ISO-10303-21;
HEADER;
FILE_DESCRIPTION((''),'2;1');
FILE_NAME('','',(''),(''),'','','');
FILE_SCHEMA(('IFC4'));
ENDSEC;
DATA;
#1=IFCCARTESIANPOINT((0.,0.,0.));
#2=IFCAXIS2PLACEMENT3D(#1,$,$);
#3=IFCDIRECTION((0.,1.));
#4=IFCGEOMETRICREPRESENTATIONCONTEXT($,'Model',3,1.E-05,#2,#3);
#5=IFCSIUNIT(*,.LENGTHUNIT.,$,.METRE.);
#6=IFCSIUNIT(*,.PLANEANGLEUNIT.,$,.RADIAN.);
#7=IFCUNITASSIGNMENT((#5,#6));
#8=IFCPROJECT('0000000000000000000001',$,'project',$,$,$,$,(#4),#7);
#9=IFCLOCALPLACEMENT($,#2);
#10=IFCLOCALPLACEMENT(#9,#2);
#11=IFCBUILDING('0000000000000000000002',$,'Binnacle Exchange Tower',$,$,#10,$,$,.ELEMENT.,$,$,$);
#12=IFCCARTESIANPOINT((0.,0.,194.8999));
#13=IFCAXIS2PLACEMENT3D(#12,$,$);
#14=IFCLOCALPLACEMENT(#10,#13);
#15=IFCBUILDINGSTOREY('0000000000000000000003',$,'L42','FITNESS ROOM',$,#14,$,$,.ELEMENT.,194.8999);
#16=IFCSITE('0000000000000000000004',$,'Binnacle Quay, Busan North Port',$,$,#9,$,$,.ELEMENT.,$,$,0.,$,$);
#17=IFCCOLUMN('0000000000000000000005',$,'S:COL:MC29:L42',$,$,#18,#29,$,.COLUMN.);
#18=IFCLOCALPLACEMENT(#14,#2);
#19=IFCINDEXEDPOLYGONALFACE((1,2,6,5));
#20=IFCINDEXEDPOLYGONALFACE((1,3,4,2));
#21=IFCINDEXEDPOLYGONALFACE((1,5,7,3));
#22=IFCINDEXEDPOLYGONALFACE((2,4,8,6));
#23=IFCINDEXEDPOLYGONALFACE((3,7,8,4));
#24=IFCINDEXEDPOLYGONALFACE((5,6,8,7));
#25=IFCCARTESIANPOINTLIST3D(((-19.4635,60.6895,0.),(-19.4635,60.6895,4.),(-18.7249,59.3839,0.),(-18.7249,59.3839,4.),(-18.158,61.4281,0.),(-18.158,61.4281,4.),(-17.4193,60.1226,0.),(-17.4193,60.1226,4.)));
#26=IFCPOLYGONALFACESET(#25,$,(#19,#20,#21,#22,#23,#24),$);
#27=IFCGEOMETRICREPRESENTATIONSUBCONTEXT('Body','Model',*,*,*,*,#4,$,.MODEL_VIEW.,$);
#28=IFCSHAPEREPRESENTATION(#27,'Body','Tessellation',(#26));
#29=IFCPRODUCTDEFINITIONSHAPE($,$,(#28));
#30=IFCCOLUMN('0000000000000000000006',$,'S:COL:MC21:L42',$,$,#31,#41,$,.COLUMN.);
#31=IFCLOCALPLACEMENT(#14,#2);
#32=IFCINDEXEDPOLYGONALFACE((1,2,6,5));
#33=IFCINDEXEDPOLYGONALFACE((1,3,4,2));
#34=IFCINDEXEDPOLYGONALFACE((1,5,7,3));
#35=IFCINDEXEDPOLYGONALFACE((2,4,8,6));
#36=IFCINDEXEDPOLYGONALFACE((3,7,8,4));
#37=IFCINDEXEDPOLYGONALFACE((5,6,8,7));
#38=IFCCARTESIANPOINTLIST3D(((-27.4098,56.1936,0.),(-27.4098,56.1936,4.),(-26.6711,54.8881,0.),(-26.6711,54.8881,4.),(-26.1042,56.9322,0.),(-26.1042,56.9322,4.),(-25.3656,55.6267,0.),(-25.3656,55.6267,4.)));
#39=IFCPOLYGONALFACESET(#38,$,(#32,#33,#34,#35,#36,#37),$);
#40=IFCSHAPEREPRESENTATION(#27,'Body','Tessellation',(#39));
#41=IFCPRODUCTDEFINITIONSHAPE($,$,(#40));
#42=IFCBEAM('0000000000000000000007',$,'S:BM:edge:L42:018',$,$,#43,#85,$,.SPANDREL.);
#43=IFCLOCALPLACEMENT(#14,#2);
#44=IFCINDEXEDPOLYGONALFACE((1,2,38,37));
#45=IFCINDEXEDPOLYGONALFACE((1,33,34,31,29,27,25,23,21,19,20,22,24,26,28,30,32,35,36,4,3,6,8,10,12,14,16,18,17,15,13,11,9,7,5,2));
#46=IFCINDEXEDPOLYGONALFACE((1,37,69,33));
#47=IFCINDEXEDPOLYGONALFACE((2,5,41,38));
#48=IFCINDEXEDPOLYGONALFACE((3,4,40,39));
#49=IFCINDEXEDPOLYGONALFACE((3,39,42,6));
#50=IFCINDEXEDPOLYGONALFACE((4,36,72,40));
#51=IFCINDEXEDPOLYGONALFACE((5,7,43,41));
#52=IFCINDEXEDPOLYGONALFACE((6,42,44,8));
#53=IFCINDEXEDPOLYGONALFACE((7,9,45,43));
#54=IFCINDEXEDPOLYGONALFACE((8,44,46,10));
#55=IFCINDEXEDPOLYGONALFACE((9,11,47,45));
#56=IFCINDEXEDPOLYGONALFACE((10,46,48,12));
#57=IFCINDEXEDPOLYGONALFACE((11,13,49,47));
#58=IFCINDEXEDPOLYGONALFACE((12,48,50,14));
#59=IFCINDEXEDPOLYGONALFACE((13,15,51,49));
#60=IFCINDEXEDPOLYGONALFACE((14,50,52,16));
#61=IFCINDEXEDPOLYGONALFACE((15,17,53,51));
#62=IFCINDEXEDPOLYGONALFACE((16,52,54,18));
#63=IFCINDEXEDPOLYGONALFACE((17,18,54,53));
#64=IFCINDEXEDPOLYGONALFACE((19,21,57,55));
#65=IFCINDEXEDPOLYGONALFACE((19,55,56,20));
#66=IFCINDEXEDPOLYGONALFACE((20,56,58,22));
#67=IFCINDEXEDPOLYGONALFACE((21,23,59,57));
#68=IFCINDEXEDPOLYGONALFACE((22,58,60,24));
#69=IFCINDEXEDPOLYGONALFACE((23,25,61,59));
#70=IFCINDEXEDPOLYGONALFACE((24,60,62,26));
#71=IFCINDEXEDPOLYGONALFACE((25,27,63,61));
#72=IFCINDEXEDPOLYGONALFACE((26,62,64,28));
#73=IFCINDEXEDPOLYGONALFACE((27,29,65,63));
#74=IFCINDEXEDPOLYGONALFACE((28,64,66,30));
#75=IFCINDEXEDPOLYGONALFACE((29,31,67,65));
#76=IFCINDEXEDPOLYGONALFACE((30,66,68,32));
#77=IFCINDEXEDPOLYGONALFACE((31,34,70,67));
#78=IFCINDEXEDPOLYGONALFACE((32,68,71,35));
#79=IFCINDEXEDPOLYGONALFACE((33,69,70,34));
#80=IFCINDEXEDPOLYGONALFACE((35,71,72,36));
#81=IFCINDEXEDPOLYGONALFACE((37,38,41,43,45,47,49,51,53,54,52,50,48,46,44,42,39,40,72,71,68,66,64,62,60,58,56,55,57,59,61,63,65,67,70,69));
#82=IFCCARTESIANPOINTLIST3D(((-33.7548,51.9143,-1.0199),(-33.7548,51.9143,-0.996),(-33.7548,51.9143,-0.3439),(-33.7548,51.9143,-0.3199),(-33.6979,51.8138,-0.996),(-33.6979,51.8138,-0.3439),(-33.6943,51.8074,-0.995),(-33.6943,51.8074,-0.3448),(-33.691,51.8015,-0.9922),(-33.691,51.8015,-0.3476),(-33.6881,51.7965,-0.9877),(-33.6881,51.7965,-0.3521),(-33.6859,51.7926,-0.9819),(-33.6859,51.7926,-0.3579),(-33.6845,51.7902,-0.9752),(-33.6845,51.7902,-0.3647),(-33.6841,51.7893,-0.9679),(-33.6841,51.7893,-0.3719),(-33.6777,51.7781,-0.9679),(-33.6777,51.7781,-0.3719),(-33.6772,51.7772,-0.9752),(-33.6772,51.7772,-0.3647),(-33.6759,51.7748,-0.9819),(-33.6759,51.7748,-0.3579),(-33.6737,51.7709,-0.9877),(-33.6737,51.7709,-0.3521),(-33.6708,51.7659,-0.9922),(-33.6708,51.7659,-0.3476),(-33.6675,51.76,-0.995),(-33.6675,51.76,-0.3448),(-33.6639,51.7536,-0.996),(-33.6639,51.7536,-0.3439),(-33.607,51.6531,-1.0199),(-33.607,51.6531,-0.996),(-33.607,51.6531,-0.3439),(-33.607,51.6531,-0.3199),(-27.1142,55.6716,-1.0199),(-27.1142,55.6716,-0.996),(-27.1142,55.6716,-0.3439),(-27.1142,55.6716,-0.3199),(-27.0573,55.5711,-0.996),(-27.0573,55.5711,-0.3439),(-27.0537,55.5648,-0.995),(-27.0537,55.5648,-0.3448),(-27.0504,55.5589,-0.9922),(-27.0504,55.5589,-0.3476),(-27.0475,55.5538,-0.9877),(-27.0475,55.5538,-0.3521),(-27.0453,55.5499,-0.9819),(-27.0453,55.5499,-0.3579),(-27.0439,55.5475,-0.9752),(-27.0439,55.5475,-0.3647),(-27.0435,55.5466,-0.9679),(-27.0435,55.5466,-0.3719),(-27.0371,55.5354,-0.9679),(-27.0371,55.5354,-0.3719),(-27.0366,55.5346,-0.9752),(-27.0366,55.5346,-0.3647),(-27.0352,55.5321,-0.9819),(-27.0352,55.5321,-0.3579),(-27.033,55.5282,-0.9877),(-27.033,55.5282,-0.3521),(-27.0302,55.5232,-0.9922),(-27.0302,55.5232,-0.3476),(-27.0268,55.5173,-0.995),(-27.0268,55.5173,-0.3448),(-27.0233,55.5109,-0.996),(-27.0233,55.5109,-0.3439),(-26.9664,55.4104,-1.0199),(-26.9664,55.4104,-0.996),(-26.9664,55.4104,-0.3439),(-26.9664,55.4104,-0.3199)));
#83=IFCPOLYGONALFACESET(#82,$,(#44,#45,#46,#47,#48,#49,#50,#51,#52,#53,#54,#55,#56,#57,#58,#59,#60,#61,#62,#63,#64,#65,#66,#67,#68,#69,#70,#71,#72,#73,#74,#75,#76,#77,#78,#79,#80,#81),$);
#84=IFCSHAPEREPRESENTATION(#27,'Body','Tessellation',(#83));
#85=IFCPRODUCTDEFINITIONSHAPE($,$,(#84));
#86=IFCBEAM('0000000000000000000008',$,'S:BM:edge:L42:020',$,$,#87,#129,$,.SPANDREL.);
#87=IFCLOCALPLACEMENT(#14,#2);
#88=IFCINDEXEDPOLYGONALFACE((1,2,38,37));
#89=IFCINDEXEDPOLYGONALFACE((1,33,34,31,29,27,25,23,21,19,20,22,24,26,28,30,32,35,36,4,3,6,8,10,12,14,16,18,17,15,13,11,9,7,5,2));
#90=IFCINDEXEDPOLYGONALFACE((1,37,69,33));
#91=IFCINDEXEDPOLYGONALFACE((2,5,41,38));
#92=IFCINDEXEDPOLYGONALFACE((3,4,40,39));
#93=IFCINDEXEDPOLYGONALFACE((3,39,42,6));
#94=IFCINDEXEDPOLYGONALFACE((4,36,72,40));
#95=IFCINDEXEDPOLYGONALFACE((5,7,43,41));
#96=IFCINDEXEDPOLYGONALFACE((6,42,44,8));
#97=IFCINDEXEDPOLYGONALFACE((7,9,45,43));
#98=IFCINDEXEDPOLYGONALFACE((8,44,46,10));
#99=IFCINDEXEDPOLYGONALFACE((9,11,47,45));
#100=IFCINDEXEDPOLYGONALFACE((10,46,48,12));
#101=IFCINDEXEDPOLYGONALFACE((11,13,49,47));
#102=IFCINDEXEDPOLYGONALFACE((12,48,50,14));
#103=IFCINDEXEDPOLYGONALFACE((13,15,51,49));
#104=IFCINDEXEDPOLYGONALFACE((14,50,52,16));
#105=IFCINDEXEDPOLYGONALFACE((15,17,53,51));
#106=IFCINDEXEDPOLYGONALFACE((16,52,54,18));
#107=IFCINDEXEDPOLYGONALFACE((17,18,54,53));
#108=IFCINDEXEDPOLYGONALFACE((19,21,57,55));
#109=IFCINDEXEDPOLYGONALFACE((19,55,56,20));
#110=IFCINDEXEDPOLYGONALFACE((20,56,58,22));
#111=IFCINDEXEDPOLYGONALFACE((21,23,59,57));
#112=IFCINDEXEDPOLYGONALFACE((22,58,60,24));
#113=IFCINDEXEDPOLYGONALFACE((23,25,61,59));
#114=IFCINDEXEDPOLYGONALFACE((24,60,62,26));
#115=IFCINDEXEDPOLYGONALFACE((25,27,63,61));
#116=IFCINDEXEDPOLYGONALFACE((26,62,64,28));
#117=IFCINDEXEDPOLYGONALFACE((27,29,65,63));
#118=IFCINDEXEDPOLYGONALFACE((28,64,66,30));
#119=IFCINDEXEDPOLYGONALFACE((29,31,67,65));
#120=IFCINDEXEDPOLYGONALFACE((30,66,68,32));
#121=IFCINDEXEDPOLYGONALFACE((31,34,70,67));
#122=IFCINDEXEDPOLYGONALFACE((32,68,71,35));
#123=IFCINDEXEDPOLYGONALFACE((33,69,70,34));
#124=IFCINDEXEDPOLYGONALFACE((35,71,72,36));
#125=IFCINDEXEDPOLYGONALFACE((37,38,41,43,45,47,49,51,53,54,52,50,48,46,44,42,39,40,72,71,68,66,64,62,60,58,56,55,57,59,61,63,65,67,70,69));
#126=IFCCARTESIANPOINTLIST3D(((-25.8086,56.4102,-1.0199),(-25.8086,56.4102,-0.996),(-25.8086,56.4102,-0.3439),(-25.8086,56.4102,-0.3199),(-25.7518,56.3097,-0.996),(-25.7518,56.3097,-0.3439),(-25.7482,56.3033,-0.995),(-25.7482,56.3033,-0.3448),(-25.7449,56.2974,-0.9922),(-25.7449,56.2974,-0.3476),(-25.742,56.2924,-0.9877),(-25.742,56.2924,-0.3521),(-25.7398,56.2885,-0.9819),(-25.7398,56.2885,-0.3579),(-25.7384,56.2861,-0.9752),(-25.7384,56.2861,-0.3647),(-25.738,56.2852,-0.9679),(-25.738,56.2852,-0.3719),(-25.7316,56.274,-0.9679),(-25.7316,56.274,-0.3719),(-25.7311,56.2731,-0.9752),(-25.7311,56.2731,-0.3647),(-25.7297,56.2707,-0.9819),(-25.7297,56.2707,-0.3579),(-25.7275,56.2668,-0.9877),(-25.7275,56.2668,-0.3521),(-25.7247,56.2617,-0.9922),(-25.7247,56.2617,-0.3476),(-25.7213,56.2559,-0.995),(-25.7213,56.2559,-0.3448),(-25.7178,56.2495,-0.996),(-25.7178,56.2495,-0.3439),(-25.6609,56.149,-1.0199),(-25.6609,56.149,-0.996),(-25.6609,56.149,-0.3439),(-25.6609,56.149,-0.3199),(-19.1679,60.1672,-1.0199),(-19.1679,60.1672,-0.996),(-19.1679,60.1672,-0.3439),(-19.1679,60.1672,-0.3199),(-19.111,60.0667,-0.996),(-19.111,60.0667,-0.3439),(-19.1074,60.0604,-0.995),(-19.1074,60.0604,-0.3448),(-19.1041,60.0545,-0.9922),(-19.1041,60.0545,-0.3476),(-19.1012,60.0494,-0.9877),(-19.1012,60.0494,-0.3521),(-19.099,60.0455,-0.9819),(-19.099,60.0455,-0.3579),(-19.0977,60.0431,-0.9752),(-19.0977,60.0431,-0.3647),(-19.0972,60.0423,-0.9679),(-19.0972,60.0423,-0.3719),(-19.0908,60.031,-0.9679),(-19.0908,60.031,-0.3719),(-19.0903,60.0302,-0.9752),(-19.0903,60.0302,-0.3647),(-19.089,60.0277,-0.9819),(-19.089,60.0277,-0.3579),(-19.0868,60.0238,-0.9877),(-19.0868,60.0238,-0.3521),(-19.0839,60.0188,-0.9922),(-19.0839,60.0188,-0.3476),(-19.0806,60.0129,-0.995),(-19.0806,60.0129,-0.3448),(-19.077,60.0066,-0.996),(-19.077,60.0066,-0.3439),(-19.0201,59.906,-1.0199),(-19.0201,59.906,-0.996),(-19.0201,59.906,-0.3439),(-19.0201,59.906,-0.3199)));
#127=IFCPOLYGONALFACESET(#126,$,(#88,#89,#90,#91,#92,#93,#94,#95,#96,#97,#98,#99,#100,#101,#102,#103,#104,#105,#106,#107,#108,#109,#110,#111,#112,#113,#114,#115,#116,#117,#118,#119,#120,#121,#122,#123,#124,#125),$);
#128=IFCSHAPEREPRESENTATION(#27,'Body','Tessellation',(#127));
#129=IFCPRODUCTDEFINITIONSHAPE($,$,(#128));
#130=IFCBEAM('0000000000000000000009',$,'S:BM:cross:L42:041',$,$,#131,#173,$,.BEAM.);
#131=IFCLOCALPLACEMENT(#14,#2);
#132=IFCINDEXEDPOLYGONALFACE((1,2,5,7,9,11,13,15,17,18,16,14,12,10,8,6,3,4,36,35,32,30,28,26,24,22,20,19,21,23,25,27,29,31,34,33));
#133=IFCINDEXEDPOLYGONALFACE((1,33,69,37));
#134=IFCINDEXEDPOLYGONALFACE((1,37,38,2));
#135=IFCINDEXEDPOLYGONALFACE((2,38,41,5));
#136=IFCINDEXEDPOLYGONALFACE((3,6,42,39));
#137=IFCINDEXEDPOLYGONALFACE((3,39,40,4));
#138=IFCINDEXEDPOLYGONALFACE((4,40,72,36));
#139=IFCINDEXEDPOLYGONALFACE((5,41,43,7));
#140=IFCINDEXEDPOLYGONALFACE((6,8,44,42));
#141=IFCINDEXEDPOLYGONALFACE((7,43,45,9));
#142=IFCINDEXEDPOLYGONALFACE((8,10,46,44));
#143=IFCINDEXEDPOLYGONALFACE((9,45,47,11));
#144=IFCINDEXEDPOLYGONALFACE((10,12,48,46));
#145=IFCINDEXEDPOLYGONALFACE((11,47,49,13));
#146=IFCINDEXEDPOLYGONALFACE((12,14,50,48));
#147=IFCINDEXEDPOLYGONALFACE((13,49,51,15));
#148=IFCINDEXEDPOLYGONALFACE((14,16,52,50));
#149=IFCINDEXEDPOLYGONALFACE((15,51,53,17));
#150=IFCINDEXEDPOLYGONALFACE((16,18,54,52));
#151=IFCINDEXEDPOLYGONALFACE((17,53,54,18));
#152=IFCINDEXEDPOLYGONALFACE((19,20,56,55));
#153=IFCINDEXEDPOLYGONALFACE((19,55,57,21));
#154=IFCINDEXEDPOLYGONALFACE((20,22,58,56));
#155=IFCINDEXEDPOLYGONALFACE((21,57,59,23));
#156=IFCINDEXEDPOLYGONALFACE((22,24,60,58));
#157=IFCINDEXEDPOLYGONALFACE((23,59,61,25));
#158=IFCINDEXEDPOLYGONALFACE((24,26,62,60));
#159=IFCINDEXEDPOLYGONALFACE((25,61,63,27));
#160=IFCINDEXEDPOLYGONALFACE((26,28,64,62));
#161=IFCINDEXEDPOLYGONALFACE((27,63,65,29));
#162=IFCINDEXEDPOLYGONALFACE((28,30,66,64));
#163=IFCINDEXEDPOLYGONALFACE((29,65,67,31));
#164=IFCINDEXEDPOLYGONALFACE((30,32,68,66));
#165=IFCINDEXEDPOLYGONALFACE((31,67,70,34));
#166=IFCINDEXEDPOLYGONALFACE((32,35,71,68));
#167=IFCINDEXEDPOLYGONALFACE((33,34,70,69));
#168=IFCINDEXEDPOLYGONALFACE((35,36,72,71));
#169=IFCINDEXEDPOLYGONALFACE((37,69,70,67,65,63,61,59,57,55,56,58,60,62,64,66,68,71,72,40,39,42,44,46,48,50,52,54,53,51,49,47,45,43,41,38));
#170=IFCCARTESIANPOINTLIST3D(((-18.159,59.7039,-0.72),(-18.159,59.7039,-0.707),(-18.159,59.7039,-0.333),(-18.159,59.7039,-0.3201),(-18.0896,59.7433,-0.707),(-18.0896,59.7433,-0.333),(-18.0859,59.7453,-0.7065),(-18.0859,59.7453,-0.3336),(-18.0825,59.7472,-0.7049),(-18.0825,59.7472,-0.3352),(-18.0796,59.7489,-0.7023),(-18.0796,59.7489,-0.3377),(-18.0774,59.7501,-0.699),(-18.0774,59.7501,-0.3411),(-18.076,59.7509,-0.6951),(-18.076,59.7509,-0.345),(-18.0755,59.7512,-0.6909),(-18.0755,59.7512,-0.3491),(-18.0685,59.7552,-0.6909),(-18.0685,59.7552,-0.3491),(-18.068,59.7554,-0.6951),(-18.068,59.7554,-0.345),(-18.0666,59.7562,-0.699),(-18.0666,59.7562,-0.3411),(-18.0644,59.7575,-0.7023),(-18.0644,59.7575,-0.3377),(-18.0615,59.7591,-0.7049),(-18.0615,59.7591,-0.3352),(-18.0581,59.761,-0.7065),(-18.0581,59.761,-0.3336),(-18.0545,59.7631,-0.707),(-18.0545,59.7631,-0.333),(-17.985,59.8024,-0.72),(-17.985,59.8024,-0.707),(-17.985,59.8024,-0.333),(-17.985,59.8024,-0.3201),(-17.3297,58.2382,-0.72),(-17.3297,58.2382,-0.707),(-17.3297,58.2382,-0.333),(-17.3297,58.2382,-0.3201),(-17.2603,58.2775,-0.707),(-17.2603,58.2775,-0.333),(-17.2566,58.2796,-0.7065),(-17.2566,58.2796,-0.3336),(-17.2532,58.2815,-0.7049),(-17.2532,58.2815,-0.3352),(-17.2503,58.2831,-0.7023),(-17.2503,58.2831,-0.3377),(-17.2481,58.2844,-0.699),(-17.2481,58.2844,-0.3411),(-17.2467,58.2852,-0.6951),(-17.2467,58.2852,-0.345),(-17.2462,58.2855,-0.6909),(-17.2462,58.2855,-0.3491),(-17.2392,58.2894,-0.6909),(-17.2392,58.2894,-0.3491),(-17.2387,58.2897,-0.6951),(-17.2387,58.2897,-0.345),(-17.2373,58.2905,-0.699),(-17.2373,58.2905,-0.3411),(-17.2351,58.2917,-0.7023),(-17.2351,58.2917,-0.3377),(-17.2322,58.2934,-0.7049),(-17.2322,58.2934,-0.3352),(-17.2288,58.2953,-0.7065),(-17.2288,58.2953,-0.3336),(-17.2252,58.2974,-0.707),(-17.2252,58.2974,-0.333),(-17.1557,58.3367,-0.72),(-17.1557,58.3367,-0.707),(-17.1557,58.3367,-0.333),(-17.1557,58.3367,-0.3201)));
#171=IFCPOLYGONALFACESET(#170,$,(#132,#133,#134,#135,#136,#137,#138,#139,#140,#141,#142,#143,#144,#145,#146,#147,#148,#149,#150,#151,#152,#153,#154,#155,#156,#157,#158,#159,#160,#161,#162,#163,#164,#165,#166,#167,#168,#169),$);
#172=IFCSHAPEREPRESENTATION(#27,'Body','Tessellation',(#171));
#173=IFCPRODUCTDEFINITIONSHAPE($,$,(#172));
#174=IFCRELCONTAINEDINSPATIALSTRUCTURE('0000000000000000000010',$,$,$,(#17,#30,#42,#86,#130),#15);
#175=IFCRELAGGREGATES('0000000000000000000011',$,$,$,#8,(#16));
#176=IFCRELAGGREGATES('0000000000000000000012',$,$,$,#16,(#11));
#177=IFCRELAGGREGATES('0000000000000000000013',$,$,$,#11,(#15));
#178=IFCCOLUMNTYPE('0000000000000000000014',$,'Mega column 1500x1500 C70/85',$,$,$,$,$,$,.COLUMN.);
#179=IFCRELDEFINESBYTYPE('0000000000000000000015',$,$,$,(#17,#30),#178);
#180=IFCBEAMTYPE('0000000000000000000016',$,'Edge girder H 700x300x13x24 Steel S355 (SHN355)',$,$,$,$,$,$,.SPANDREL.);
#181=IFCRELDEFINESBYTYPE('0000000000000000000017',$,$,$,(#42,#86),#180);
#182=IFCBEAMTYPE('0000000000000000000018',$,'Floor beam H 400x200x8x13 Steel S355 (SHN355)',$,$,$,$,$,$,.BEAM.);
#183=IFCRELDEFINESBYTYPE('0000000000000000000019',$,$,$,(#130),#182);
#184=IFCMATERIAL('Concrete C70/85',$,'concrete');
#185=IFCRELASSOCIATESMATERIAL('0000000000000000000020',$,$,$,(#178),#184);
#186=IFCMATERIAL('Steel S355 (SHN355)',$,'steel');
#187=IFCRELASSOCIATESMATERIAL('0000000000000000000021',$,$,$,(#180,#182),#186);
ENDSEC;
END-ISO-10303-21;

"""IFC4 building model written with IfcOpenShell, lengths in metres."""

from ifc_helpers import new_model, si_unit, direction, frame, origin, origin_2d, place, context, subcontext, project, spatial, rectangle, i_section, extrude, material, material_profile, profile_set, type_object, element, save


model = new_model("IFC4")

# Units and contexts
model_context = context("Model", 3, precision=1e-05, world=origin(), true_north=direction((0.0, 1.0)))
body_context = subcontext(model_context, "Body", "Model", "MODEL_VIEW")
ifc_project = project(units=[si_unit("LENGTHUNIT", "METRE"), si_unit("PLANEANGLEUNIT", "RADIAN")], contexts=[model_context])

# Site, building, storey
site_placement = place(None, origin())
site = spatial("IfcSite", under=ifc_project, at=site_placement, Name="Binnacle Quay, Busan North Port", CompositionType="ELEMENT", RefElevation=0.0)
building_placement = place(site_placement, origin())
building = spatial("IfcBuilding", under=site, at=building_placement, Name="Binnacle Exchange Tower", CompositionType="ELEMENT")
storey_placement = place(building_placement, frame((0.0, 0.0, 194.8999)))
storey = spatial("IfcBuildingStorey", under=building, at=storey_placement, Name="L42", Description="FITNESS ROOM", CompositionType="ELEMENT", Elevation=194.8999)

# Columns
ifc_material_1 = material(Name="Concrete C70/85", Category="concrete")
ifc_material_profile_1 = material_profile(ifc_material_1, rectangle(XDim=1.5, YDim=1.5, at=origin_2d()), Name="Mega column 1500x1500 C70/85")
ifc_profile_set_1 = profile_set([ifc_material_profile_1], Name="Concrete C70/85")
column_type = type_object("IfcColumnType", Name="Mega column 1500x1500 C70/85", PredefinedType="COLUMN", material=ifc_profile_set_1)
for number, where, z_axis, x_axis, name in (
    (1, (-18.4414, 60.406, 0.0), (0.0, 0.0, 1.0), (-0.870356, -0.492424, 0.0), "S:COL:MC29:L42"),
    (2, (-26.3877, 55.9102, 0.0), (0.0, 0.0, 1.0), (-0.870356, -0.492424, 0.0), "S:COL:MC21:L42"),
):
    element("IfcColumn", number, at=place(storey_placement, frame(where, z_axis=z_axis, x_axis=x_axis)), inside=storey, type_object=column_type, Name=name, PredefinedType="COLUMN", context=body_context, shape_type="SweptSolid", body=[
        extrude(rectangle(XDim=1.5, YDim=1.5, at=origin_2d()), origin(), (0.0, 0.0, 1.0), 4.0),
    ])

# Beams
ifc_material_2 = material(Name="Steel S355 (SHN355)", Category="steel")
ifc_material_profile_2 = material_profile(ifc_material_2, i_section(OverallWidth=0.3, OverallDepth=0.7, WebThickness=0.0129, FlangeThickness=0.0239, FilletRadius=0.0281, at=origin_2d()), Name="H 700x300x13x24")
ifc_profile_set_2 = profile_set([ifc_material_profile_2], Name="Steel S355 (SHN355)")
beam_type_1 = type_object("IfcBeamType", Name="Edge girder H 700x300x13x24 Steel S355 (SHN355)", PredefinedType="SPANDREL", material=ifc_profile_set_2)
for number, where, z_axis, x_axis, name in (
    (3, (-27.0403, 55.541, -0.6699), (-0.870342, -0.492447, 0.0), (0.492447, -0.870342, 0.0), "S:BM:edge:L42:018"),
    (4, (-19.094, 60.0366, -0.6699), (-0.870364, -0.492409, 0.0), (0.492409, -0.870364, 0.0), "S:BM:edge:L42:020"),
):
    element("IfcBeam", number, at=place(storey_placement, frame(where, z_axis=z_axis, x_axis=x_axis)), inside=storey, type_object=beam_type_1, Name=name, PredefinedType="SPANDREL", context=body_context, shape_type="SweptSolid", body=[
        extrude(i_section(OverallWidth=0.3, OverallDepth=0.7, WebThickness=0.0129, FlangeThickness=0.0239, FilletRadius=0.0281, at=origin_2d()), origin(), (0.0, 0.0, 1.0), 7.6299),
    ])
ifc_material_profile_3 = material_profile(ifc_material_2, i_section(OverallWidth=0.2, OverallDepth=0.3999, WebThickness=0.0081, FlangeThickness=0.0129, FilletRadius=0.0161, at=origin_2d()), Name="H 400x200x8x13")
ifc_profile_set_3 = profile_set([ifc_material_profile_3], Name="Steel S355 (SHN355)")
beam_type_2 = type_object("IfcBeamType", Name="Floor beam H 400x200x8x13 Steel S355 (SHN355)", PredefinedType="BEAM", material=ifc_profile_set_3)
beam_1_placement = place(storey_placement, frame((-18.072, 59.7532, -0.52), z_axis=(0.492435, -0.870349, 0.0), x_axis=(0.870349, 0.492435, 0.0)))
element("IfcBeam", 5, at=beam_1_placement, inside=storey, type_object=beam_type_2, Name="S:BM:cross:L42:041", PredefinedType="BEAM", context=body_context, shape_type="SweptSolid", body=[
    extrude(i_section(OverallWidth=0.2, OverallDepth=0.3999, WebThickness=0.0081, FlangeThickness=0.0129, FilletRadius=0.0161, at=origin_2d()), origin(), (0.0, 0.0, 1.0), 1.6841),
])

save(model, "model.ifc")
